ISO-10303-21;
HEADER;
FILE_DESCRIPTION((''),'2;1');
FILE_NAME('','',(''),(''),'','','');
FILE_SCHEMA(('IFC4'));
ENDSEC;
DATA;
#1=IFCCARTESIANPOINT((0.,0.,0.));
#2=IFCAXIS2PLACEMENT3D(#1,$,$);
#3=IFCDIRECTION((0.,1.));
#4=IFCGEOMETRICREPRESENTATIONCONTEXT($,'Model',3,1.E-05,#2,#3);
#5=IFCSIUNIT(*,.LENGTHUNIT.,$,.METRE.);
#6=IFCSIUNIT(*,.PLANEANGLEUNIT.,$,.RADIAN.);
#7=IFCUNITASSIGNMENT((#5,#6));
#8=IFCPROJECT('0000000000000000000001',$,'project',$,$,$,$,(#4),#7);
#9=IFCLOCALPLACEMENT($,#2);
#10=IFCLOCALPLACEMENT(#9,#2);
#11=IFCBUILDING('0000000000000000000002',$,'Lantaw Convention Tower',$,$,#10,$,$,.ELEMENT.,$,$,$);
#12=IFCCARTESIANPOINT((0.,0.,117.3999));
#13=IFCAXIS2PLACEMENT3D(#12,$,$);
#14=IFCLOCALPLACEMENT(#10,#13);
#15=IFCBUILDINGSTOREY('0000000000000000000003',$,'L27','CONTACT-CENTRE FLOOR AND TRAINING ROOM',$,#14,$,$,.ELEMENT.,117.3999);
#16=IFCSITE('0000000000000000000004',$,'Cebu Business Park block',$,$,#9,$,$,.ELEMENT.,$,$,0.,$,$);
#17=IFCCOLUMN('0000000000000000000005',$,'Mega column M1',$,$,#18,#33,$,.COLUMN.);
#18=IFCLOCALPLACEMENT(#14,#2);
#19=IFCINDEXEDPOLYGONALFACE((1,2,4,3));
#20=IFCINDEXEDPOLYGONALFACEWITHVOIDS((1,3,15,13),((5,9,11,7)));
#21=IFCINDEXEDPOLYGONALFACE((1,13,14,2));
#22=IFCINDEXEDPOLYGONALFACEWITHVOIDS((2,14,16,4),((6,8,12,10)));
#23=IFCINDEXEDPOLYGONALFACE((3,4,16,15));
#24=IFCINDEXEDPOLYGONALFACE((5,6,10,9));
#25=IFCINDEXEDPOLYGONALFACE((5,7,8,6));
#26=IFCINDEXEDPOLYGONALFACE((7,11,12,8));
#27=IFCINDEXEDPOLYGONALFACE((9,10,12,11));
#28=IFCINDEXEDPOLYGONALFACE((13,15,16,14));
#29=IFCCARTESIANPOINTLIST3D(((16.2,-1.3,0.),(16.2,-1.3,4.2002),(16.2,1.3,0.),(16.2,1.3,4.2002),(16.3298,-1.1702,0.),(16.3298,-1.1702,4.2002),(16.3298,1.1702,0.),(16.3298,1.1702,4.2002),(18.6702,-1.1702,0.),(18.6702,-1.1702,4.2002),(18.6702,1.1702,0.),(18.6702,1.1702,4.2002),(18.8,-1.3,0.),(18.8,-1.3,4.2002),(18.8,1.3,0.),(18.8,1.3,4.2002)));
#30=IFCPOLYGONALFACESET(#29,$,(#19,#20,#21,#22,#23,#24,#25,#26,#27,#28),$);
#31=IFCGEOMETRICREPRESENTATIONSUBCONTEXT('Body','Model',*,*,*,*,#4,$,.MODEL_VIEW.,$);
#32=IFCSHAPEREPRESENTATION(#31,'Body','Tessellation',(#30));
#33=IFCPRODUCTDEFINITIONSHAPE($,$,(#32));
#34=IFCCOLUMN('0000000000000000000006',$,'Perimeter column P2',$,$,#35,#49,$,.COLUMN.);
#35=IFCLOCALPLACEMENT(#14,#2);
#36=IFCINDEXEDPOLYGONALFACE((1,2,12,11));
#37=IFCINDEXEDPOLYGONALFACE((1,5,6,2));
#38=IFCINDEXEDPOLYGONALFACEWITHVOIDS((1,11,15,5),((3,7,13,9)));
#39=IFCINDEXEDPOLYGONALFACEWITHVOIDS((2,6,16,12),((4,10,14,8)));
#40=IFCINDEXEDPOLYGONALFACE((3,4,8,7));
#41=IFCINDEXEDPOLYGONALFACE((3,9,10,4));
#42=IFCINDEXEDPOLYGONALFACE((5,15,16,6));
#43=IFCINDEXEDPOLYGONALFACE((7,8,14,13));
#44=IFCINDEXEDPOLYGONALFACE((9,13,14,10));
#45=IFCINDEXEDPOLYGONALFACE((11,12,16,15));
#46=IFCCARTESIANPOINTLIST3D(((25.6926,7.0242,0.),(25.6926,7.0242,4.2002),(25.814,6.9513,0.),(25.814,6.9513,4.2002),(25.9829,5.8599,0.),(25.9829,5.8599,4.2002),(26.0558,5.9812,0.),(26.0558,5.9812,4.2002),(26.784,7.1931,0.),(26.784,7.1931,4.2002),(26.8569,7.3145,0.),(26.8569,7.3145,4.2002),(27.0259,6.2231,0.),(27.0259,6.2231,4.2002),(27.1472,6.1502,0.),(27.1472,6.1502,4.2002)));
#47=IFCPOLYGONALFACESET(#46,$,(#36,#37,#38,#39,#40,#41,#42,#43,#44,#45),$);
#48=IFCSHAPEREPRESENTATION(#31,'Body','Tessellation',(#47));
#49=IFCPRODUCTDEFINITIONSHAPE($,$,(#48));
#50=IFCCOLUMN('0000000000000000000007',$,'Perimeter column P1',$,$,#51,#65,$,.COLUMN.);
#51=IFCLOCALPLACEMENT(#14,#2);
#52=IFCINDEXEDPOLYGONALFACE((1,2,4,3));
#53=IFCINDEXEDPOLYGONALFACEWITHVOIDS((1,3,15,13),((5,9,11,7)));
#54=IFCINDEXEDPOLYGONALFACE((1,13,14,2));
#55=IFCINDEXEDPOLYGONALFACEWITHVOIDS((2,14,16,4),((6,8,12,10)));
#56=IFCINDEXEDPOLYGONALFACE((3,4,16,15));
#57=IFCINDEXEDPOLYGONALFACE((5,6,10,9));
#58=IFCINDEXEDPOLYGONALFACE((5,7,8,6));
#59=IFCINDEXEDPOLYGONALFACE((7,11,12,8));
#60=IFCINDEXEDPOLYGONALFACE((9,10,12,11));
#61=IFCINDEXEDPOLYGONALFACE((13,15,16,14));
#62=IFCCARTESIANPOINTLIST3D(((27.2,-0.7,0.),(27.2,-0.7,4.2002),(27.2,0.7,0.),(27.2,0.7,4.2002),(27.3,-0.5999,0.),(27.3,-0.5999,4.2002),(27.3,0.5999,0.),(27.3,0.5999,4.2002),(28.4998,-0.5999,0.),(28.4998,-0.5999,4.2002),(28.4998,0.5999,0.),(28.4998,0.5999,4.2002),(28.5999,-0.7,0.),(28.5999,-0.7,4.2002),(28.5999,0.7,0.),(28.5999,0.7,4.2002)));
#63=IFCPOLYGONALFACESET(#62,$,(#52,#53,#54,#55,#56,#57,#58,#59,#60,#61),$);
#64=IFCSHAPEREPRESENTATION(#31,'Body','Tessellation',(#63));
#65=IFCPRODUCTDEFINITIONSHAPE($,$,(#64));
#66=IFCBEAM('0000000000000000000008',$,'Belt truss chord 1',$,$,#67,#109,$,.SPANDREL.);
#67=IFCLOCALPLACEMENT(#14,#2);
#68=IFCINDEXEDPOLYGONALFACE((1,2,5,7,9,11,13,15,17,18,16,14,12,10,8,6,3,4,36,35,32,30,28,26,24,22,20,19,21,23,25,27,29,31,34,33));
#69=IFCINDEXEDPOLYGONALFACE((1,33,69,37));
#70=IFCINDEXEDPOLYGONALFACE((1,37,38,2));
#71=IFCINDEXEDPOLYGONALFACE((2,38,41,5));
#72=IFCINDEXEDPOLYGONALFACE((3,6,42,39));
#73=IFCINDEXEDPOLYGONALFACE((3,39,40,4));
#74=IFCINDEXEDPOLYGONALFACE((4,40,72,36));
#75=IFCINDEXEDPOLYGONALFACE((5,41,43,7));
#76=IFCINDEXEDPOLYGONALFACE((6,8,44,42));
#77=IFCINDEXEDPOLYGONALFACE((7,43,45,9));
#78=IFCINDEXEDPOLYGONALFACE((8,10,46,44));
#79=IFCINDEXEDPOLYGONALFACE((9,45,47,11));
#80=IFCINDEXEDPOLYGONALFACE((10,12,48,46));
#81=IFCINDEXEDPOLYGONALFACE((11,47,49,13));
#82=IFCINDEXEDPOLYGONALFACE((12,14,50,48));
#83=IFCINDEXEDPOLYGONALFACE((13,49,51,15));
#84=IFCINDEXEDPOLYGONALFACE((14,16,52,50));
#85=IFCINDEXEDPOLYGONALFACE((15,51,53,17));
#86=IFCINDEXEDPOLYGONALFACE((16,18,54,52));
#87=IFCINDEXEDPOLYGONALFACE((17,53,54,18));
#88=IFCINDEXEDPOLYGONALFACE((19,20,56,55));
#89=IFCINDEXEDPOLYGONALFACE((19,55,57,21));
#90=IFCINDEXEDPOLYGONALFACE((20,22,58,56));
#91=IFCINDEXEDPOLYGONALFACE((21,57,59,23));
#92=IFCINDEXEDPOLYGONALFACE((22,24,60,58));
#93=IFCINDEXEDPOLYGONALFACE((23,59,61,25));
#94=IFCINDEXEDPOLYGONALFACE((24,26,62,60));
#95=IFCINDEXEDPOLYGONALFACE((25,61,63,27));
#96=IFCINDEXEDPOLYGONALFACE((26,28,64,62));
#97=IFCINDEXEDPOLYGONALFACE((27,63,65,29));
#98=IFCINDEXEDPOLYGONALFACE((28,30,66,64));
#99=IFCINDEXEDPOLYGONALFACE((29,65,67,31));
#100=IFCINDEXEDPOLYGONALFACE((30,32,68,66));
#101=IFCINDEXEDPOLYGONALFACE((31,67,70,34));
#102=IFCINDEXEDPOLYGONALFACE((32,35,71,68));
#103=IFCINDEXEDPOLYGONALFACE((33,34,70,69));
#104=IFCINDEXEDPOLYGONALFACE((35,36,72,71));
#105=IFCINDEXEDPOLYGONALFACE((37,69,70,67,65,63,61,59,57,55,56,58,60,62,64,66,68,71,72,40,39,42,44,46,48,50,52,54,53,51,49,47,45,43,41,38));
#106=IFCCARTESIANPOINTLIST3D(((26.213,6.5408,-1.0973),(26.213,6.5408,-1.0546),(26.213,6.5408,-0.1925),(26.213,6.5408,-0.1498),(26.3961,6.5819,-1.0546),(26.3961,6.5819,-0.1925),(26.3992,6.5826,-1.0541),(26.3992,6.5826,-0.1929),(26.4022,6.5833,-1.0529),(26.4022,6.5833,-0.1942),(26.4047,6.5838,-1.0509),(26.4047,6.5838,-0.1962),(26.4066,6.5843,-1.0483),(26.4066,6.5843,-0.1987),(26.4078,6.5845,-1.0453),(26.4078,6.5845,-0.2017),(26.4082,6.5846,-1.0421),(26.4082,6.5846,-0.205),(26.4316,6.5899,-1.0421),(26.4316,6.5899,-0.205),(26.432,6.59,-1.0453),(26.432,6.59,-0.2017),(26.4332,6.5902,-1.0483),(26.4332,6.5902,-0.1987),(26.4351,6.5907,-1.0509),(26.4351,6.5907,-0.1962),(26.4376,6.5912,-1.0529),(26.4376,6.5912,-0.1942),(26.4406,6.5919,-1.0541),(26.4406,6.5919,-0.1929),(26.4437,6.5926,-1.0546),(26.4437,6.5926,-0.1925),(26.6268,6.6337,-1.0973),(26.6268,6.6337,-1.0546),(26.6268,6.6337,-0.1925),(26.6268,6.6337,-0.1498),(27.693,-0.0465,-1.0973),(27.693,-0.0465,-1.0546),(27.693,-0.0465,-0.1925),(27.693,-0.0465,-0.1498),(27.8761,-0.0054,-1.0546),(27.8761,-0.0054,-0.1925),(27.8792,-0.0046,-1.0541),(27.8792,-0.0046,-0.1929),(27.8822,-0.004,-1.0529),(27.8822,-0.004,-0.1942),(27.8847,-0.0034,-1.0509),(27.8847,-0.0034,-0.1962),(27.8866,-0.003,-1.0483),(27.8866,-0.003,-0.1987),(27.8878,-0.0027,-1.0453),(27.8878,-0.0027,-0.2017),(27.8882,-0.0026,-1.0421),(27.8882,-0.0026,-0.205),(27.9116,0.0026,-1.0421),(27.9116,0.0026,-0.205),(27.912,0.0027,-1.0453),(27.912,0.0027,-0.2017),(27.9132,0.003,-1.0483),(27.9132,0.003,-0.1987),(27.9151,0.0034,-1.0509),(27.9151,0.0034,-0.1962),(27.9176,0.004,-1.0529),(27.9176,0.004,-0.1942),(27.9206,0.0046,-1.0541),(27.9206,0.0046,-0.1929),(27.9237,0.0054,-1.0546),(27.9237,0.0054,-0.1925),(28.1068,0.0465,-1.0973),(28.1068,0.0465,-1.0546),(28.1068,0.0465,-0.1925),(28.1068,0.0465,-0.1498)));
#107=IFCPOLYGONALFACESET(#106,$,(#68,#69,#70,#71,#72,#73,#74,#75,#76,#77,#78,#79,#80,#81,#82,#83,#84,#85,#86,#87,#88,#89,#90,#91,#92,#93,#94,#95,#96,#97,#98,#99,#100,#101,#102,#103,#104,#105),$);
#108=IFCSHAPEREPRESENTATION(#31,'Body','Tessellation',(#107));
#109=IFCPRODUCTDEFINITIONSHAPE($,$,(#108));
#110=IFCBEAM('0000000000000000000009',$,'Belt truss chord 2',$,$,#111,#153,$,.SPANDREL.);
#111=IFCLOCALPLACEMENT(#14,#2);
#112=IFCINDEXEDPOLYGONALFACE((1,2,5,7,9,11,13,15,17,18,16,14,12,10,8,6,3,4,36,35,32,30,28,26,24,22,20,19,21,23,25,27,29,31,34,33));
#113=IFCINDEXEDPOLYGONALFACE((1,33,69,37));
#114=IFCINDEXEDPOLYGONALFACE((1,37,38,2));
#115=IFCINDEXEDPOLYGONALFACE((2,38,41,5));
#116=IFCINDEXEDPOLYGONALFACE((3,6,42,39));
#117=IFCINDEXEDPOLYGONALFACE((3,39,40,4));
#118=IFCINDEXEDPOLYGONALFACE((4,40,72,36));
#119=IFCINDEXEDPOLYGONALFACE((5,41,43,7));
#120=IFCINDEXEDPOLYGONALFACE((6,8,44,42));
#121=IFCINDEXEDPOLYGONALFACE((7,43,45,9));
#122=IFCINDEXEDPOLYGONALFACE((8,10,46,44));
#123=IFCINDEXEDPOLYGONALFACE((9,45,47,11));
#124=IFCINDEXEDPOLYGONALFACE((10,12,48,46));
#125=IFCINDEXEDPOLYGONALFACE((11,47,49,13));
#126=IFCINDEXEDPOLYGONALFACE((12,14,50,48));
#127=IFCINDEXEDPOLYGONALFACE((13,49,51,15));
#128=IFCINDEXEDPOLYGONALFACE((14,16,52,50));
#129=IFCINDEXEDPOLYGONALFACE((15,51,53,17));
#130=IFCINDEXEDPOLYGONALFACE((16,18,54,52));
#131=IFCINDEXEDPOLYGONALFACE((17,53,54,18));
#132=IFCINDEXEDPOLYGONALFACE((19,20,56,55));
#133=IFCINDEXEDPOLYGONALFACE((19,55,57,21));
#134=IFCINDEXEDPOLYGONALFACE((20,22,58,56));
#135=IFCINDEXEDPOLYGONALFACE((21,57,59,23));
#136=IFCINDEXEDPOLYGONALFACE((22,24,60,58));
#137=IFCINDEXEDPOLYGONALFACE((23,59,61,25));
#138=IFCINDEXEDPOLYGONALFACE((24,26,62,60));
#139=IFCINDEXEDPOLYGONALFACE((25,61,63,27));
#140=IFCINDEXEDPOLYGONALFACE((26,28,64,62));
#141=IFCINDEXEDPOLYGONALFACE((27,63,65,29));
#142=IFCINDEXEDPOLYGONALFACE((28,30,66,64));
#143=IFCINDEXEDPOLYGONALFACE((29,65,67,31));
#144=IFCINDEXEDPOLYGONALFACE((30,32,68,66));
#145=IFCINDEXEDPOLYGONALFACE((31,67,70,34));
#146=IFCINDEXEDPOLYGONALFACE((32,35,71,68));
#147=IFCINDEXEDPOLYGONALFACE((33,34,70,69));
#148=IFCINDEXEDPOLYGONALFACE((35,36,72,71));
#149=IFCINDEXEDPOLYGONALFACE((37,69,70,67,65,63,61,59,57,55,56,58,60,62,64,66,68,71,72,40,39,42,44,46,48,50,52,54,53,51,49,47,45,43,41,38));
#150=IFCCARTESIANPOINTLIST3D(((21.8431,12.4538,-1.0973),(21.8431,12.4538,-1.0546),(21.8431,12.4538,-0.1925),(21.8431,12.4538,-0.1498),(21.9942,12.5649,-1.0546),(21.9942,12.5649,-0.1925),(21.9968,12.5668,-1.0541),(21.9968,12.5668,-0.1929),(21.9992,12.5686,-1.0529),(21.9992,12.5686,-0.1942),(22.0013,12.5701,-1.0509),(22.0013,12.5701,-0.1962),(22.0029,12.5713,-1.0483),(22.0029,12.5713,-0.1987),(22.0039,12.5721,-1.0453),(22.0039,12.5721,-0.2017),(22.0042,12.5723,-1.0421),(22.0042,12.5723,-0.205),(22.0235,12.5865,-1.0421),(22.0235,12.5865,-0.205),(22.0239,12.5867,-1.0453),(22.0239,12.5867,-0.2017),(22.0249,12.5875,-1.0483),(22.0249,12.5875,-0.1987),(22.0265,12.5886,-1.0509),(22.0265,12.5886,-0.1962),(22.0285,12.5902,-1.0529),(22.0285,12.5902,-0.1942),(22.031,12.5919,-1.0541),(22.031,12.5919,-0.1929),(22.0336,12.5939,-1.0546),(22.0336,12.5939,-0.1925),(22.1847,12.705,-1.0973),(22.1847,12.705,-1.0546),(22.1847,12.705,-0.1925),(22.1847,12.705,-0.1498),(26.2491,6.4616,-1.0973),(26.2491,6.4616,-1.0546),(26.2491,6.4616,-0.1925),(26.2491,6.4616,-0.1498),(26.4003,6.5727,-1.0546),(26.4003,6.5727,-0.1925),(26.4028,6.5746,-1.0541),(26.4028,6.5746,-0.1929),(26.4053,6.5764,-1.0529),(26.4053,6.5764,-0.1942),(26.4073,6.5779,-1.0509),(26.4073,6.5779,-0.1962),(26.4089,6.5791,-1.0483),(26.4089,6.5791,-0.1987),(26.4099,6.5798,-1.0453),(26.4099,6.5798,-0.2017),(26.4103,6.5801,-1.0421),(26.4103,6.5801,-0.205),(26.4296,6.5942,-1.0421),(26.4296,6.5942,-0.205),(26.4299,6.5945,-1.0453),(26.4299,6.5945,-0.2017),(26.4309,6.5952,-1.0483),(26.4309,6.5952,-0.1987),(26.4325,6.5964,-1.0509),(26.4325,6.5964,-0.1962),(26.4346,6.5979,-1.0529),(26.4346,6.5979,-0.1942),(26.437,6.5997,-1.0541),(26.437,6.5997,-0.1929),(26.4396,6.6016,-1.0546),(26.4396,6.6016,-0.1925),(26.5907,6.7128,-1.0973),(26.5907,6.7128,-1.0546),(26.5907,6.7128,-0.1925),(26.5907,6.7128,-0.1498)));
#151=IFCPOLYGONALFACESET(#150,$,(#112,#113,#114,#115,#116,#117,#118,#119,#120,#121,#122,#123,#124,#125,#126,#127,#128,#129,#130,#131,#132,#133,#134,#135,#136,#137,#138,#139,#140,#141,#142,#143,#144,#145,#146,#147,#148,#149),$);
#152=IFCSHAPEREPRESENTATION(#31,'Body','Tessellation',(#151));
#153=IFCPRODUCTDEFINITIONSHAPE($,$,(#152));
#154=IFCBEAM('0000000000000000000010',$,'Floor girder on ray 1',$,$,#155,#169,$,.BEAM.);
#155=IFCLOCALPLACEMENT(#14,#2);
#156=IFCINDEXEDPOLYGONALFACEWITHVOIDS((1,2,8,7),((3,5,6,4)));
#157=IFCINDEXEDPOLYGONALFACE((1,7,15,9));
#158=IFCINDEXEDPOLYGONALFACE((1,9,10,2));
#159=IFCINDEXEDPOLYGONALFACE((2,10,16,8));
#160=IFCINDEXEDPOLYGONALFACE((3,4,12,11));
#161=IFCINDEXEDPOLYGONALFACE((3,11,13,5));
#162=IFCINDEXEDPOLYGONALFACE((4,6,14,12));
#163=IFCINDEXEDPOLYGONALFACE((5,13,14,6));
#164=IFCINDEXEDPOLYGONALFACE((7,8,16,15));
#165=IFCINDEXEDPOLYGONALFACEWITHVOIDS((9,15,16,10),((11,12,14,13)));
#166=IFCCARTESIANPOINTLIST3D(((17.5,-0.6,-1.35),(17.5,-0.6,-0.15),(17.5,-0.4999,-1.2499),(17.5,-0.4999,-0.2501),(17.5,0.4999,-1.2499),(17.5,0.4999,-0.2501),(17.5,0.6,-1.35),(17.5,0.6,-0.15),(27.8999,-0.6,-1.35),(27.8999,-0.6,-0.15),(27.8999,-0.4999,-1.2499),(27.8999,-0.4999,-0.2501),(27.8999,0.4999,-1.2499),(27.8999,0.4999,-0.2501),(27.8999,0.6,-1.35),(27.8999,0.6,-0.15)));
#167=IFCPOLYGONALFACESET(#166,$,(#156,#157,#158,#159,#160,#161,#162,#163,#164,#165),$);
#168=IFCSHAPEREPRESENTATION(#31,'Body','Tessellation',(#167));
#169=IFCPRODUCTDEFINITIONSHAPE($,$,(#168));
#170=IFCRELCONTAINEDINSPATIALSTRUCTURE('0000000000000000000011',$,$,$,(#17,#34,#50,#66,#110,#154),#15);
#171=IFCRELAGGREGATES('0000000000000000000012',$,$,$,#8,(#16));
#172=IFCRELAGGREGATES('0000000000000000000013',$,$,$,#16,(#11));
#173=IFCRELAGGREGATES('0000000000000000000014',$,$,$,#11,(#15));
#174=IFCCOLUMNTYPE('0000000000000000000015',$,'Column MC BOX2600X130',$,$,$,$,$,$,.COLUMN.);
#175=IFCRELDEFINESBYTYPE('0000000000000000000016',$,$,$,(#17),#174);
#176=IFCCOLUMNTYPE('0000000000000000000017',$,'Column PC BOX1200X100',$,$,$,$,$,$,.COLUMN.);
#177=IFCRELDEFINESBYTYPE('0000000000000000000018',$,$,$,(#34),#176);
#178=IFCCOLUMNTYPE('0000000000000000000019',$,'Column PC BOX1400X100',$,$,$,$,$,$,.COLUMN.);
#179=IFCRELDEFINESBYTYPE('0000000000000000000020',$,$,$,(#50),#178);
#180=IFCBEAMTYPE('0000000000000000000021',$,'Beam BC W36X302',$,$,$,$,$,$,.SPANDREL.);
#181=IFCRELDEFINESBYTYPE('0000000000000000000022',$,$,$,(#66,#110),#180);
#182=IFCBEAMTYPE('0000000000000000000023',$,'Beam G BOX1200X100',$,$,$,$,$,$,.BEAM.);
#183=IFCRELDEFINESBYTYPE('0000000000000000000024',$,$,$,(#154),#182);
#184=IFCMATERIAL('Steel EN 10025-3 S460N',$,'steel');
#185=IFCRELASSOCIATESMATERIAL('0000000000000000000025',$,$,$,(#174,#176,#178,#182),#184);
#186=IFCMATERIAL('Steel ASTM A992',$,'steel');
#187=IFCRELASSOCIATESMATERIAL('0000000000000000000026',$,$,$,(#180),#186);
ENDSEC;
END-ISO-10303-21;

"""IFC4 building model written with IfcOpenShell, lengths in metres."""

from ifc_helpers import new_model, si_unit, direction, frame, origin, origin_2d, place, context, subcontext, project, spatial, rectangle, hollow_rectangle, i_section, extrude, material, material_profile, profile_set, type_object, element, save


model = new_model("IFC4")

# Units and contexts
model_context = context("Model", 3, precision=1e-05, world=origin(), true_north=direction((0.0, 1.0)))
body_context = subcontext(model_context, "Body", "Model", "MODEL_VIEW")
ifc_project = project(units=[si_unit("LENGTHUNIT", "METRE"), si_unit("PLANEANGLEUNIT", "RADIAN")], contexts=[model_context])

# Site, building, storey
site_placement = place(None, origin())
site = spatial("IfcSite", under=ifc_project, at=site_placement, Name="Cebu Business Park block", CompositionType="ELEMENT", RefElevation=0.0)
building_placement = place(site_placement, origin())
building = spatial("IfcBuilding", under=site, at=building_placement, Name="Lantaw Convention Tower", CompositionType="ELEMENT")
storey_placement = place(building_placement, frame((0.0, 0.0, 117.3999)))
storey = spatial("IfcBuildingStorey", under=building, at=storey_placement, Name="L27", Description="CONTACT-CENTRE FLOOR AND TRAINING ROOM", CompositionType="ELEMENT", Elevation=117.3999)

# Columns
ifc_material_1 = material(Name="Steel EN 10025-3 S460N", Category="steel")
ifc_material_profile_1 = material_profile(ifc_material_1, hollow_rectangle(XDim=2.6001, YDim=2.6001, WallThickness=0.1299, at=origin_2d()), Name="BOX2600X130")
ifc_material_2 = material(Name="Concrete C60/75", Category="concrete")
ifc_material_profile_2 = material_profile(ifc_material_2, rectangle(XDim=2.3401, YDim=2.3401, at=origin_2d()), Name="Concrete fill of BOX2600X130")
ifc_profile_set_1 = profile_set([ifc_material_profile_1, ifc_material_profile_2], Name="Steel EN 10025-3 S460N")
column_type_1 = type_object("IfcColumnType", Name="Column MC BOX2600X130", PredefinedType="COLUMN", material=ifc_profile_set_1)
column_1_placement = place(storey_placement, frame((17.5, 0.0, 0.0), z_axis=(0.0, 0.0, 1.0), x_axis=(1.0, 0.0, 0.0)))
element("IfcColumn", 1, at=column_1_placement, inside=storey, type_object=column_type_1, Name="Mega column M1", PredefinedType="COLUMN", context=body_context, shape_type="SweptSolid", body=[
    extrude(hollow_rectangle(XDim=2.6001, YDim=2.6001, WallThickness=0.1299, at=origin_2d()), origin(), (0.0, 0.0, 1.0), 4.2002),
])
ifc_material_profile_3 = material_profile(ifc_material_1, hollow_rectangle(XDim=1.2, YDim=1.2, WallThickness=0.1001, at=origin_2d()), Name="BOX1200X100")
ifc_material_profile_4 = material_profile(ifc_material_2, rectangle(XDim=1.0, YDim=1.0, at=origin_2d()), Name="Concrete fill of BOX1200X100")
ifc_profile_set_2 = profile_set([ifc_material_profile_3, ifc_material_profile_4], Name="Steel EN 10025-3 S460N")
column_type_2 = type_object("IfcColumnType", Name="Column PC BOX1200X100", PredefinedType="COLUMN", material=ifc_profile_set_2)
column_2_placement = place(storey_placement, frame((26.4199, 6.5872, 0.0), z_axis=(0.0, 0.0, 1.0), x_axis=(0.970296, 0.241922, 0.0)))
element("IfcColumn", 2, at=column_2_placement, inside=storey, type_object=column_type_2, Name="Perimeter column P2", PredefinedType="COLUMN", context=body_context, shape_type="SweptSolid", body=[
    extrude(hollow_rectangle(XDim=1.2, YDim=1.2, WallThickness=0.1001, at=origin_2d()), origin(), (0.0, 0.0, 1.0), 4.2002),
])
ifc_material_profile_5 = material_profile(ifc_material_1, hollow_rectangle(XDim=1.3999, YDim=1.3999, WallThickness=0.1001, at=origin_2d()), Name="BOX1400X100")
ifc_material_profile_6 = material_profile(ifc_material_2, rectangle(XDim=1.2, YDim=1.2, at=origin_2d()), Name="Concrete fill of BOX1400X100")
ifc_profile_set_3 = profile_set([ifc_material_profile_5, ifc_material_profile_6], Name="Steel EN 10025-3 S460N")
column_type_3 = type_object("IfcColumnType", Name="Column PC BOX1400X100", PredefinedType="COLUMN", material=ifc_profile_set_3)
column_3_placement = place(storey_placement, frame((27.8999, 0.0, 0.0), z_axis=(0.0, 0.0, 1.0), x_axis=(1.0, 0.0, 0.0)))
element("IfcColumn", 3, at=column_3_placement, inside=storey, type_object=column_type_3, Name="Perimeter column P1", PredefinedType="COLUMN", context=body_context, shape_type="SweptSolid", body=[
    extrude(hollow_rectangle(XDim=1.3999, YDim=1.3999, WallThickness=0.1001, at=origin_2d()), origin(), (0.0, 0.0, 1.0), 4.2002),
])

# Beams
ifc_material_3 = material(Name="Steel ASTM A992", Category="steel")
ifc_material_profile_7 = material_profile(ifc_material_3, i_section(OverallWidth=0.4241, OverallDepth=0.9475, WebThickness=0.0239, FlangeThickness=0.0427, FilletRadius=0.0125, at=origin_2d()), Name="W36X302")
ifc_profile_set_4 = profile_set([ifc_material_profile_7], Name="Steel ASTM A992")
beam_type_1 = type_object("IfcBeamType", Name="Beam BC W36X302", PredefinedType="SPANDREL", material=ifc_profile_set_4)
beam_1_placement = place(storey_placement, frame((27.8999, 0.0, -0.6235), z_axis=(-0.219212, 0.975677, 0.0), x_axis=(-0.975677, -0.219212, 0.0)))
element("IfcBeam", 4, at=beam_1_placement, inside=storey, type_object=beam_type_1, Name="Belt truss chord 1", PredefinedType="SPANDREL", context=body_context, shape_type="SweptSolid", body=[
    extrude(i_section(OverallWidth=0.4241, OverallDepth=0.9475, WebThickness=0.0239, FlangeThickness=0.0427, FilletRadius=0.0125, at=origin_2d()), origin(), (0.0, 0.0, 1.0), 6.7515),
])
beam_2_placement = place(storey_placement, frame((26.4199, 6.5872, -0.6235), z_axis=(-0.592389, 0.805652, 0.0), x_axis=(-0.805652, -0.592389, 0.0)))
element("IfcBeam", 5, at=beam_2_placement, inside=storey, type_object=beam_type_1, Name="Belt truss chord 2", PredefinedType="SPANDREL", context=body_context, shape_type="SweptSolid", body=[
    extrude(i_section(OverallWidth=0.4241, OverallDepth=0.9475, WebThickness=0.0239, FlangeThickness=0.0427, FilletRadius=0.0125, at=origin_2d()), origin(), (0.0, 0.0, 1.0), 7.4377),
])
ifc_material_profile_8 = material_profile(ifc_material_1, hollow_rectangle(XDim=1.2, YDim=1.2, WallThickness=0.1001, at=origin_2d()), Name="BOX1200X100")
ifc_profile_set_5 = profile_set([ifc_material_profile_8], Name="Steel EN 10025-3 S460N")
beam_type_2 = type_object("IfcBeamType", Name="Beam G BOX1200X100", PredefinedType="BEAM", material=ifc_profile_set_5)
beam_3_placement = place(storey_placement, frame((17.5, 0.0, -0.75), z_axis=(1.0, 0.0, 0.0), x_axis=(0.0, 1.0, 0.0)))
element("IfcBeam", 6, at=beam_3_placement, inside=storey, type_object=beam_type_2, Name="Floor girder on ray 1", PredefinedType="BEAM", context=body_context, shape_type="SweptSolid", body=[
    extrude(hollow_rectangle(XDim=1.2, YDim=1.2, WallThickness=0.1001, at=origin_2d()), origin(), (0.0, 0.0, 1.0), 10.3999),
])

save(model, "model.ifc")
